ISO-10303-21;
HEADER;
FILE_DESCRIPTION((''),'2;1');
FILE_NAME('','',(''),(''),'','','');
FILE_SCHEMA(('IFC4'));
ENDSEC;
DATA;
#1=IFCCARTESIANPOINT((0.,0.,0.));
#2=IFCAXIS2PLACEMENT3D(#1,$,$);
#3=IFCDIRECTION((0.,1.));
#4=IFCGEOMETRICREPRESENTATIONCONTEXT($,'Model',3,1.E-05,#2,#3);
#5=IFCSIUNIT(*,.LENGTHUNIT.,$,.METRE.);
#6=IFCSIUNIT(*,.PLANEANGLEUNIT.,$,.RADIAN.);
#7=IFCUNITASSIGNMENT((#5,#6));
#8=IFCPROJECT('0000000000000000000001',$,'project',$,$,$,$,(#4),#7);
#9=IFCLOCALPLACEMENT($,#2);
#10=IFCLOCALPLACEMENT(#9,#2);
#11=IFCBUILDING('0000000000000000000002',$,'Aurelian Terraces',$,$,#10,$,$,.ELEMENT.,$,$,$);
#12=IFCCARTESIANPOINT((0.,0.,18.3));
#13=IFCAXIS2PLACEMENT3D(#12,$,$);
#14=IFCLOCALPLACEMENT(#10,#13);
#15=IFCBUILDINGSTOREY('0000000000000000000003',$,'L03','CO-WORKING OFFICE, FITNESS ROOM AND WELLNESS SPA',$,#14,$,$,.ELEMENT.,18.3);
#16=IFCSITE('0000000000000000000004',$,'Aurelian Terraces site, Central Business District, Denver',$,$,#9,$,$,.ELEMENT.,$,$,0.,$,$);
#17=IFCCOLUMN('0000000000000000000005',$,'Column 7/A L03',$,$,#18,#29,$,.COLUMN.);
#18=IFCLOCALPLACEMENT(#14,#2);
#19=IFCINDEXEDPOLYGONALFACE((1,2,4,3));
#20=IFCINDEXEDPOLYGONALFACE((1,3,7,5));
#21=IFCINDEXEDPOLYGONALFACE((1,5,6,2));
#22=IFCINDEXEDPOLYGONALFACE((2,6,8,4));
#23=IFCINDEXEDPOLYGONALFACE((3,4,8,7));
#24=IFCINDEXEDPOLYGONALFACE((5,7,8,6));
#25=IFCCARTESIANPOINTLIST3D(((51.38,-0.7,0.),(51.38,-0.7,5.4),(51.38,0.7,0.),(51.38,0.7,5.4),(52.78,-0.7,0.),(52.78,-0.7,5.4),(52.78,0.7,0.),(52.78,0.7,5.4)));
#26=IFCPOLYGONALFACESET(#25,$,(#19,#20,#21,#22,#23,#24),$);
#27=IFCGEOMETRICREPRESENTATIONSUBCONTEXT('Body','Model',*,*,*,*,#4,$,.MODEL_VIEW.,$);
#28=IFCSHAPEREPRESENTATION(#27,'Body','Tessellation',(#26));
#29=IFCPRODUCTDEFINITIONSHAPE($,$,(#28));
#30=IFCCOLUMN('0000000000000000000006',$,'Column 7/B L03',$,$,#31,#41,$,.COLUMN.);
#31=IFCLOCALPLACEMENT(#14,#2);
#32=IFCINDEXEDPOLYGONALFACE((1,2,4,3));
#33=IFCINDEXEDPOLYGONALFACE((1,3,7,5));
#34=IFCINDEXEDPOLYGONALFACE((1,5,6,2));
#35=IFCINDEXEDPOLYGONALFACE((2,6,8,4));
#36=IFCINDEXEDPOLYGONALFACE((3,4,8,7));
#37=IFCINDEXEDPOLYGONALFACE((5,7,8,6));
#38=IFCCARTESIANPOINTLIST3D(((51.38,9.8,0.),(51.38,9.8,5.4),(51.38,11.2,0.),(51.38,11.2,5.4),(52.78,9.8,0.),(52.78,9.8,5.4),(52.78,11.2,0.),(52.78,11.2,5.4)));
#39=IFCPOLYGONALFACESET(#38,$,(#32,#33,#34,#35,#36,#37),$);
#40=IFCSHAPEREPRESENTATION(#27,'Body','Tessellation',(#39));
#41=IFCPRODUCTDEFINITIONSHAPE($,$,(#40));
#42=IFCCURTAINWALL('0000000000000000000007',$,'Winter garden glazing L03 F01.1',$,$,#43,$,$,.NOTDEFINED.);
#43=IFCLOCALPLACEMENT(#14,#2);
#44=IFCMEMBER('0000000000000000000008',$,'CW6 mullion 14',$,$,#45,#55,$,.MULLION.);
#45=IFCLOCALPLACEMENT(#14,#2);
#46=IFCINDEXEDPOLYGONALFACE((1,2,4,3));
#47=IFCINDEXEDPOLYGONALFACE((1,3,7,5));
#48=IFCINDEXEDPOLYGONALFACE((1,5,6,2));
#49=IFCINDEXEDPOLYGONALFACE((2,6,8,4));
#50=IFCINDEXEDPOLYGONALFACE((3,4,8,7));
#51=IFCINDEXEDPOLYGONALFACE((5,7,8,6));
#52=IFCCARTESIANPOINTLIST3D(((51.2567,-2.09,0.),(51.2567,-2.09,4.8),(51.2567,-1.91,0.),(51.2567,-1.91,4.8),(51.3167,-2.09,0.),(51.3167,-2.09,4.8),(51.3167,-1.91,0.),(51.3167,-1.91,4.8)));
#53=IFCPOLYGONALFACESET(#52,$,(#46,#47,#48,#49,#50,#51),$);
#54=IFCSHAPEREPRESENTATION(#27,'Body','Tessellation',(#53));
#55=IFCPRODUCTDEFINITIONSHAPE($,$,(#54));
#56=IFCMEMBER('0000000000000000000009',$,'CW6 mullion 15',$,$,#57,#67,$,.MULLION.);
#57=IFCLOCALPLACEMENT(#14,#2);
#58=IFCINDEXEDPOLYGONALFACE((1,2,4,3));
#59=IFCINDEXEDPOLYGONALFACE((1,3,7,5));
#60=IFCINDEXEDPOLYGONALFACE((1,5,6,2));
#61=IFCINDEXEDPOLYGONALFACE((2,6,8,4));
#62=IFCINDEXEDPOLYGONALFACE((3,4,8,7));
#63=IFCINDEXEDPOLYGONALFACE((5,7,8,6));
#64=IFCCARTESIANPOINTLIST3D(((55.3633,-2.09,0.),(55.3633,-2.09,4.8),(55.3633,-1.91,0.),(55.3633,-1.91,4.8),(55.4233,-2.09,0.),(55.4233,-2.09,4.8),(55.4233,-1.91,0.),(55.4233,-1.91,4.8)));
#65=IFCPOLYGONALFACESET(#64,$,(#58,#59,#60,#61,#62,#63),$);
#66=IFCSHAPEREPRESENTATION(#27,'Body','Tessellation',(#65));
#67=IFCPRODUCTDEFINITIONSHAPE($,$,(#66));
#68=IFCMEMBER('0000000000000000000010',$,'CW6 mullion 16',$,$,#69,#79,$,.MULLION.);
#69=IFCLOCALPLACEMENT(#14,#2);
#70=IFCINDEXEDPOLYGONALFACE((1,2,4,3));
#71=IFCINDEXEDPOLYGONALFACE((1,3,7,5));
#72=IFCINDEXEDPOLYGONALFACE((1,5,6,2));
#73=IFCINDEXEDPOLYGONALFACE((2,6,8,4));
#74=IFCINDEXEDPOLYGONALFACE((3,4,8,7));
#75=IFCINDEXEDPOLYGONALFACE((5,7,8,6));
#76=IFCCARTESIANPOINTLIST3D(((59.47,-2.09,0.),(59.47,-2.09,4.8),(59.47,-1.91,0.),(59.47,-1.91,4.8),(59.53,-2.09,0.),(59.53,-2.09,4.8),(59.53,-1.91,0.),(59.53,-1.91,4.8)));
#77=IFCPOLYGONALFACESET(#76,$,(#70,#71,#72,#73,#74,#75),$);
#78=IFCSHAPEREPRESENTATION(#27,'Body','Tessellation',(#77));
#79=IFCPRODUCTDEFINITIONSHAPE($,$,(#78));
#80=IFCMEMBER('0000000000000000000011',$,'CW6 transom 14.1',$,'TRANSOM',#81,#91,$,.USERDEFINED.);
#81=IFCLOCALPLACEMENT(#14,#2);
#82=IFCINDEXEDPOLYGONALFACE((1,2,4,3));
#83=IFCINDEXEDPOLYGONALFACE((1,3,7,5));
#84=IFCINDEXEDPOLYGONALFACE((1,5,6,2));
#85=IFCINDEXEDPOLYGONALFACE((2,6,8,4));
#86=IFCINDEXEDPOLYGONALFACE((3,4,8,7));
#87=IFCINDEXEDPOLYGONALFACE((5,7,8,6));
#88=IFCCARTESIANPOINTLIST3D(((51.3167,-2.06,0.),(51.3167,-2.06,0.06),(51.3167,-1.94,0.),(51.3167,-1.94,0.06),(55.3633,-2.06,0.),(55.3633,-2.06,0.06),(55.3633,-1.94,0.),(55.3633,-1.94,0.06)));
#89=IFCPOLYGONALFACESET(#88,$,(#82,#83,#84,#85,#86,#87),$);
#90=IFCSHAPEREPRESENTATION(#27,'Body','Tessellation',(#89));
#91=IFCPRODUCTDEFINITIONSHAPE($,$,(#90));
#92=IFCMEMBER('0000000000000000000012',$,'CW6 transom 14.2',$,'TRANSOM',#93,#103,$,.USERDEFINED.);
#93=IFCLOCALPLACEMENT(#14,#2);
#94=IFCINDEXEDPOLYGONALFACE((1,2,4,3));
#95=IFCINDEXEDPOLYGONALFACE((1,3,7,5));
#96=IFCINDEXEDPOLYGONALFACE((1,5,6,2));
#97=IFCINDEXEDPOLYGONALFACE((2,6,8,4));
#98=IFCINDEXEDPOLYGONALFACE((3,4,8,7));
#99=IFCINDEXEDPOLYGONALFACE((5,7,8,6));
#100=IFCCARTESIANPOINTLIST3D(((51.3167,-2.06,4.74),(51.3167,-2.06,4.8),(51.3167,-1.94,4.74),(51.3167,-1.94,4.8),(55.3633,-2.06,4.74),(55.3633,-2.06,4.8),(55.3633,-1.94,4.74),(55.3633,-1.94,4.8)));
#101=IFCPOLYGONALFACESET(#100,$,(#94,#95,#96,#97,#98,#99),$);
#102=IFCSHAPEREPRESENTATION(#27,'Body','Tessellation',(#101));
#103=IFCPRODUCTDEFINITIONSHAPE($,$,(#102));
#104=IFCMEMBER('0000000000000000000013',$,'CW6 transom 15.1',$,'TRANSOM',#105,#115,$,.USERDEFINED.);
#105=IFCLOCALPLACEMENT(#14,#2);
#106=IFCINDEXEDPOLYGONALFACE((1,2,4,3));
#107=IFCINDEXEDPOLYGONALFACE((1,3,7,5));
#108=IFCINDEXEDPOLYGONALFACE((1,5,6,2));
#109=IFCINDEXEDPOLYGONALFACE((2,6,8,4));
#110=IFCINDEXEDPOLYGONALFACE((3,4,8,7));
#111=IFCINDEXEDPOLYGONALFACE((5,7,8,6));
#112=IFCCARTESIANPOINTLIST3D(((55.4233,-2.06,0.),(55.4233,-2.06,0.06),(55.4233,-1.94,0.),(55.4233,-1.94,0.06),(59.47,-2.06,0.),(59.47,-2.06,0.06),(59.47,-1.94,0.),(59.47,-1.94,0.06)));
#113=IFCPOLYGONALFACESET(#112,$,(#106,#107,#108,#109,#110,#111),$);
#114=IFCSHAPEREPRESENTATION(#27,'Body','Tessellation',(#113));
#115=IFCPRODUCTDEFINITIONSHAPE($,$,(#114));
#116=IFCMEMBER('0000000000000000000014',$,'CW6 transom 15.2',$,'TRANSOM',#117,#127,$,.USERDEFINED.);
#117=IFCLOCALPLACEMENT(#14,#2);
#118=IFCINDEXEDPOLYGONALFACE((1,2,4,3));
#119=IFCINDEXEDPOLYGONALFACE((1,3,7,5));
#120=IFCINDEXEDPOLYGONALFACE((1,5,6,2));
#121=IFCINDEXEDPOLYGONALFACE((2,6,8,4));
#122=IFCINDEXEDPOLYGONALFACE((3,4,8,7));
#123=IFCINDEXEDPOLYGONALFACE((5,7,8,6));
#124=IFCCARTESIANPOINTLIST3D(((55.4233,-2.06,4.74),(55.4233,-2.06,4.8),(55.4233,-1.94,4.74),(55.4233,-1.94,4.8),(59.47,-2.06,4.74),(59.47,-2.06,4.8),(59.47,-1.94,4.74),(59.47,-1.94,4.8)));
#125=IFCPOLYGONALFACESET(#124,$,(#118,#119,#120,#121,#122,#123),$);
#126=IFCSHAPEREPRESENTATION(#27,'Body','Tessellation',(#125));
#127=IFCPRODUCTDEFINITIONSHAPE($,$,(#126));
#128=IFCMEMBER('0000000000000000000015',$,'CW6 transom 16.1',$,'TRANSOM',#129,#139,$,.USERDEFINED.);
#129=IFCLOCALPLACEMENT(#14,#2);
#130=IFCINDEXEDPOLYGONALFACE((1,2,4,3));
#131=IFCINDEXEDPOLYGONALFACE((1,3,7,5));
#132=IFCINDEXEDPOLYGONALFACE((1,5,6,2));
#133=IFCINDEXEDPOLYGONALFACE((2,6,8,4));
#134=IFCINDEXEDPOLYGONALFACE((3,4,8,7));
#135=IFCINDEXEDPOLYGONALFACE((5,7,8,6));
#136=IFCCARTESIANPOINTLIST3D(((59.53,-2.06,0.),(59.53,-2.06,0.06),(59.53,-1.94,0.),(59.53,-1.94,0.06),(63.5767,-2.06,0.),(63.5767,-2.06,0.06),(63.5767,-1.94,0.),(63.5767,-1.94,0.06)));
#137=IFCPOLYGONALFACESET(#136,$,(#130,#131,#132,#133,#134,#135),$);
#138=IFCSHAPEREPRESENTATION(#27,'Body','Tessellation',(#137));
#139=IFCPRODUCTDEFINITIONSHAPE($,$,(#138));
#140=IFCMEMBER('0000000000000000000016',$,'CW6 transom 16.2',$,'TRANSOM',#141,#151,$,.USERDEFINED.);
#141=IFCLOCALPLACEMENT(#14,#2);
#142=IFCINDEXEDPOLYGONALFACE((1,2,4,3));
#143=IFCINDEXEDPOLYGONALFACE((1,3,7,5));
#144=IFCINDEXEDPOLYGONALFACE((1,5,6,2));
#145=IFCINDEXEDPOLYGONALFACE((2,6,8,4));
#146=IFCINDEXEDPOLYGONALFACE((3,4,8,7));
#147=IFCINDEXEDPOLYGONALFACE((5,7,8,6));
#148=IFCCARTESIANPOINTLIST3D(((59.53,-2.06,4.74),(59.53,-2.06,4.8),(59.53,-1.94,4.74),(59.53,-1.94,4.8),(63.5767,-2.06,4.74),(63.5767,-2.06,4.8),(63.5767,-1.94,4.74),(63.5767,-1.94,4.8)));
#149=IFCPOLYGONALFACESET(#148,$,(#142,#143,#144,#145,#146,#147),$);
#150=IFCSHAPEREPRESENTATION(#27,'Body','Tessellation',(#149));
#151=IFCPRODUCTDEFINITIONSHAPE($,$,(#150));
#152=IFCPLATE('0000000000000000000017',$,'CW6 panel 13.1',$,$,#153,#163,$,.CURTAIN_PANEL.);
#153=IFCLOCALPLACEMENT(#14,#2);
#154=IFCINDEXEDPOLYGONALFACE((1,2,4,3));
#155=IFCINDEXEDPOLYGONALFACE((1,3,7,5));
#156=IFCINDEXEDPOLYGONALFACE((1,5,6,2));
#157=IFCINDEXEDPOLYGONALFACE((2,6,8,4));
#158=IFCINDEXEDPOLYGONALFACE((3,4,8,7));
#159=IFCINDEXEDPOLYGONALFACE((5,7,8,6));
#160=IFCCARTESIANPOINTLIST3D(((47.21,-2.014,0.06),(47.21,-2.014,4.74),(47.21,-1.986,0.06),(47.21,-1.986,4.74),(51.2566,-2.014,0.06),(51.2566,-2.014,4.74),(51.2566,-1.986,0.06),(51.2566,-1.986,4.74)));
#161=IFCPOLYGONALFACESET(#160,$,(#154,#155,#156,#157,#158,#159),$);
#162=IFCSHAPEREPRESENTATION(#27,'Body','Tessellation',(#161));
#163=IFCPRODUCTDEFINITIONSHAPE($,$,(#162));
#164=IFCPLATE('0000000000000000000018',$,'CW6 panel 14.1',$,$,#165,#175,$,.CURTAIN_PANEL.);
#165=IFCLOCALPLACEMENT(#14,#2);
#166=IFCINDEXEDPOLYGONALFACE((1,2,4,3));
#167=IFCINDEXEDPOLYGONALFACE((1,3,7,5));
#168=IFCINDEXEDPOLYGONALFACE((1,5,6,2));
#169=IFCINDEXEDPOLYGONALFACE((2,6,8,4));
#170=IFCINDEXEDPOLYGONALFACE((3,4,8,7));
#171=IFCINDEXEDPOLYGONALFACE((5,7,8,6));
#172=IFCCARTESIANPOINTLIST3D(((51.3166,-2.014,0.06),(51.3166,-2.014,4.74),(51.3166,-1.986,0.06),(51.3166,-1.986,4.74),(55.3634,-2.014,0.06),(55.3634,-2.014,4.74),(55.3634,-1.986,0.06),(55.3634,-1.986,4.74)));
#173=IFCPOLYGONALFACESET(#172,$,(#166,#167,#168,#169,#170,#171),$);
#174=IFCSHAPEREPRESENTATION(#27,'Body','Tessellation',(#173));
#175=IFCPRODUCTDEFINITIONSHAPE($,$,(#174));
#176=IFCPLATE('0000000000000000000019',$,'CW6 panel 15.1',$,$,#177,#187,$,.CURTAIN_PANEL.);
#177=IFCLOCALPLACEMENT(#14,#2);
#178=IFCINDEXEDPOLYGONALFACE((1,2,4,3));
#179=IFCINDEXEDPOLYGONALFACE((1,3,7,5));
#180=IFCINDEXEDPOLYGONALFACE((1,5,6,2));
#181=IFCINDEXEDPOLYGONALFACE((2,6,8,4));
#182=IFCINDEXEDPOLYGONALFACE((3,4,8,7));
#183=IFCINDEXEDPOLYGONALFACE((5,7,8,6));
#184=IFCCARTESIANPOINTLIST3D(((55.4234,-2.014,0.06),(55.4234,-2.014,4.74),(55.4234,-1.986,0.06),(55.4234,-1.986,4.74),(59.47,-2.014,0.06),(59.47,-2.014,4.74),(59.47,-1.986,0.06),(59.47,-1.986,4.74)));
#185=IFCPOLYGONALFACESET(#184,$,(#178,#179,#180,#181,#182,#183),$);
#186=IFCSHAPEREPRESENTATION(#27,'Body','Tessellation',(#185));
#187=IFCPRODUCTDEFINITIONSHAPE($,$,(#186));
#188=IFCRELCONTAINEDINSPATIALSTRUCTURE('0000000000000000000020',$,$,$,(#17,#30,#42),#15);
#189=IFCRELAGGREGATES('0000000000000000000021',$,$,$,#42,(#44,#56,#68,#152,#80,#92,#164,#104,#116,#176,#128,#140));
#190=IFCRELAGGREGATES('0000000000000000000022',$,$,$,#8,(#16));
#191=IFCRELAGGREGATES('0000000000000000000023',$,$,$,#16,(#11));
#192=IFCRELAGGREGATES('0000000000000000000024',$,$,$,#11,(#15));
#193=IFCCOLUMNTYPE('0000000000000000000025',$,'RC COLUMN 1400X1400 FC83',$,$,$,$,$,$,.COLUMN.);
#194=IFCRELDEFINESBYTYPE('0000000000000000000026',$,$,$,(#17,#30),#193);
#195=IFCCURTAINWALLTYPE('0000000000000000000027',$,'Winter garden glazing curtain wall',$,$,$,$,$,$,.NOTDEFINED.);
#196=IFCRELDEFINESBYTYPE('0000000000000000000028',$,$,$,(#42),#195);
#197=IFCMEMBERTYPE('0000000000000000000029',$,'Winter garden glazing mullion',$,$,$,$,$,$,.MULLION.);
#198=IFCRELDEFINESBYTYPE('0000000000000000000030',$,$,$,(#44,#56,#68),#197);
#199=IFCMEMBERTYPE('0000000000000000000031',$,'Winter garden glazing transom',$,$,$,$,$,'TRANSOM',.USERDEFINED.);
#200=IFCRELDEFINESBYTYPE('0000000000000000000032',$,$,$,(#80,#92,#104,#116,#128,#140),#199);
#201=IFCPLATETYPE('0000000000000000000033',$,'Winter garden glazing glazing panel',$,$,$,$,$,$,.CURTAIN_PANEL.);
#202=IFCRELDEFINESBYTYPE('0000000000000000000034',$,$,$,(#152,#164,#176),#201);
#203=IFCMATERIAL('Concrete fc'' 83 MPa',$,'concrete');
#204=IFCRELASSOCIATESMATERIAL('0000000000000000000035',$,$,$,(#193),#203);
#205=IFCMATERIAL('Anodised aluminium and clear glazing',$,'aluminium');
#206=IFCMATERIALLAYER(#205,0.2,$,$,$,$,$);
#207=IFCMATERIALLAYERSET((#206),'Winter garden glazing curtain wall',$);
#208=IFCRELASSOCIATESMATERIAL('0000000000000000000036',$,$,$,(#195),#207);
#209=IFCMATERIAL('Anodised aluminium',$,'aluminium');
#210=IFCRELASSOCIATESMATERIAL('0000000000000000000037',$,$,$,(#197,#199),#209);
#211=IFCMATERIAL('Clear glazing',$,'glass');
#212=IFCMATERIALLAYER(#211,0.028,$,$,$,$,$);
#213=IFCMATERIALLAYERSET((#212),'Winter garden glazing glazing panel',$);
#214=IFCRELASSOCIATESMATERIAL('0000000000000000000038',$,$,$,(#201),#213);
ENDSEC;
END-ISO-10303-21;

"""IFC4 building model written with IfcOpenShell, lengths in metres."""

from ifc_helpers import new_model, si_unit, direction, frame, origin, origin_2d, place, context, subcontext, project, spatial, rectangle, extrude, source, transform, mapped, material, layer, layer_set, material_profile, profile_set, type_object, element, aggregate, save


model = new_model("IFC4")

# Units and contexts
model_context = context("Model", 3, precision=1e-05, world=origin(), true_north=direction((0.0, 1.0)))
body_context = subcontext(model_context, "Body", "Model", "MODEL_VIEW")
ifc_project = project(units=[si_unit("LENGTHUNIT", "METRE"), si_unit("PLANEANGLEUNIT", "RADIAN")], contexts=[model_context])

# Site, building, storey
site_placement = place(None, origin())
site = spatial("IfcSite", under=ifc_project, at=site_placement, Name="Aurelian Terraces site, Central Business District, Denver", CompositionType="ELEMENT", RefElevation=0.0)
building_placement = place(site_placement, origin())
building = spatial("IfcBuilding", under=site, at=building_placement, Name="Aurelian Terraces", CompositionType="ELEMENT")
storey_placement = place(building_placement, frame((0.0, 0.0, 18.3)))
storey = spatial("IfcBuildingStorey", under=building, at=storey_placement, Name="L03", Description="CO-WORKING OFFICE, FITNESS ROOM AND WELLNESS SPA", CompositionType="ELEMENT", Elevation=18.3)

# Columns
ifc_material_1 = material(Name="Concrete fc' 83 MPa", Category="concrete")
ifc_material_profile_1 = material_profile(ifc_material_1, rectangle(XDim=1.4, YDim=1.4, at=origin_2d()))
ifc_profile_set_1 = profile_set([ifc_material_profile_1], Name="Concrete fc' 83 MPa")
column_type = type_object("IfcColumnType", Name="RC COLUMN 1400X1400 FC83", PredefinedType="COLUMN", material=ifc_profile_set_1)
shared_shape_1 = source(origin(), body_context, "Body", "SweptSolid", [
    extrude(rectangle(XDim=1.4, YDim=1.4, at=origin_2d()), origin(), (0.0, 0.0, 1.0), 5.4),
])
for number, where, z_axis, x_axis, name in (
    (1, (52.08, 0.0, 0.0), (0.0, 0.0, 1.0), (1.0, 0.0, 0.0), "Column 7/A L03"),
    (2, (52.08, 10.5, 0.0), (0.0, 0.0, 1.0), (1.0, 0.0, 0.0), "Column 7/B L03"),
):
    element("IfcColumn", number, at=place(storey_placement, frame(where, z_axis=z_axis, x_axis=x_axis)), inside=storey, type_object=column_type, Name=name, PredefinedType="COLUMN", context=body_context, shape_type="MappedRepresentation", body=[
        mapped(shared_shape_1, transform((0.0, 0.0, 0.0), scale=1.0)),
    ])

# Curtain wall, members, plates
ifc_material_2 = material(Name="Anodised aluminium and clear glazing", Category="aluminium")
ifc_layer_1 = layer(ifc_material_2, 0.2)
ifc_layer_set_1 = layer_set([ifc_layer_1], Name="Winter garden glazing curtain wall")
curtain_wall_type = type_object("IfcCurtainWallType", Name="Winter garden glazing curtain wall", PredefinedType="NOTDEFINED", material=ifc_layer_set_1)
curtain_wall_placement = place(storey_placement, origin())
curtain_wall = element("IfcCurtainWall", 3, at=curtain_wall_placement, inside=storey, type_object=curtain_wall_type, Name="Winter garden glazing L03 F01.1", PredefinedType="NOTDEFINED")
ifc_material_3 = material(Name="Anodised aluminium", Category="aluminium")
ifc_material_profile_2 = material_profile(ifc_material_3, rectangle(XDim=0.18, YDim=0.06, at=origin_2d()))
ifc_profile_set_2 = profile_set([ifc_material_profile_2], Name="Anodised aluminium")
member_type_1 = type_object("IfcMemberType", Name="Winter garden glazing mullion", PredefinedType="MULLION", material=ifc_profile_set_2)
shared_shape_2 = source(origin(), body_context, "Body", "SweptSolid", [
    extrude(rectangle(XDim=0.18, YDim=0.06, at=origin_2d()), origin(), (0.0, 0.0, 1.0), 4.8),
])
member_1_placement = place(storey_placement, frame((51.2867, -2.0, 0.0), z_axis=(0.0, 0.0, 1.0), x_axis=(0.0, 1.0, 0.0)))
member_1 = element("IfcMember", 4, at=member_1_placement, type_object=member_type_1, Name="CW6 mullion 14", PredefinedType="MULLION", context=body_context, shape_type="MappedRepresentation", body=[
    mapped(shared_shape_2, transform((0.0, 0.0, 0.0), scale=1.0)),
])
member_2_placement = place(storey_placement, frame((55.3933, -2.0, 0.0), z_axis=(0.0, 0.0, 1.0), x_axis=(0.0, 1.0, 0.0)))
member_2 = element("IfcMember", 5, at=member_2_placement, type_object=member_type_1, Name="CW6 mullion 15", PredefinedType="MULLION", context=body_context, shape_type="MappedRepresentation", body=[
    mapped(shared_shape_2, transform((0.0, 0.0, 0.0), scale=1.0)),
])
member_3_placement = place(storey_placement, frame((59.5, -2.0, 0.0), z_axis=(0.0, 0.0, 1.0), x_axis=(0.0, 1.0, 0.0)))
member_3 = element("IfcMember", 6, at=member_3_placement, type_object=member_type_1, Name="CW6 mullion 16", PredefinedType="MULLION", context=body_context, shape_type="MappedRepresentation", body=[
    mapped(shared_shape_2, transform((0.0, 0.0, 0.0), scale=1.0)),
])
ifc_material_profile_3 = material_profile(ifc_material_3, rectangle(XDim=0.12, YDim=0.06, at=origin_2d()))
ifc_profile_set_3 = profile_set([ifc_material_profile_3], Name="Anodised aluminium")
member_type_2 = type_object("IfcMemberType", Name="Winter garden glazing transom", ElementType="TRANSOM", PredefinedType="USERDEFINED", material=ifc_profile_set_3)
shared_shape_3 = source(origin(), body_context, "Body", "SweptSolid", [
    extrude(rectangle(XDim=0.12, YDim=0.06, at=origin_2d()), origin(), (0.0, 0.0, 1.0), 4.0466),
])
member_4_placement = place(storey_placement, frame((51.3167, -2.0, 0.03), z_axis=(1.0, 0.0, 0.0), x_axis=(0.0, 1.0, 0.0)))
member_4 = element("IfcMember", 7, at=member_4_placement, type_object=member_type_2, Name="CW6 transom 14.1", ObjectType="TRANSOM", PredefinedType="USERDEFINED", context=body_context, shape_type="MappedRepresentation", body=[
    mapped(shared_shape_3, transform((0.0, 0.0, 0.0), scale=1.0)),
])
member_5_placement = place(storey_placement, frame((51.3167, -2.0, 4.77), z_axis=(1.0, 0.0, 0.0), x_axis=(0.0, 1.0, 0.0)))
member_5 = element("IfcMember", 8, at=member_5_placement, type_object=member_type_2, Name="CW6 transom 14.2", ObjectType="TRANSOM", PredefinedType="USERDEFINED", context=body_context, shape_type="MappedRepresentation", body=[
    mapped(shared_shape_3, transform((0.0, 0.0, 0.0), scale=1.0)),
])
shared_shape_4 = source(origin(), body_context, "Body", "SweptSolid", [
    extrude(rectangle(XDim=0.12, YDim=0.06, at=origin_2d()), origin(), (0.0, 0.0, 1.0), 4.0467),
])
member_6_placement = place(storey_placement, frame((55.4233, -2.0, 0.03), z_axis=(1.0, 0.0, 0.0), x_axis=(0.0, 1.0, 0.0)))
member_6 = element("IfcMember", 9, at=member_6_placement, type_object=member_type_2, Name="CW6 transom 15.1", ObjectType="TRANSOM", PredefinedType="USERDEFINED", context=body_context, shape_type="MappedRepresentation", body=[
    mapped(shared_shape_4, transform((0.0, 0.0, 0.0), scale=1.0)),
])
member_7_placement = place(storey_placement, frame((55.4233, -2.0, 4.77), z_axis=(1.0, 0.0, 0.0), x_axis=(0.0, 1.0, 0.0)))
member_7 = element("IfcMember", 10, at=member_7_placement, type_object=member_type_2, Name="CW6 transom 15.2", ObjectType="TRANSOM", PredefinedType="USERDEFINED", context=body_context, shape_type="MappedRepresentation", body=[
    mapped(shared_shape_4, transform((0.0, 0.0, 0.0), scale=1.0)),
])
member_8_placement = place(storey_placement, frame((59.53, -2.0, 0.03), z_axis=(1.0, 0.0, 0.0), x_axis=(0.0, 1.0, 0.0)))
member_8 = element("IfcMember", 11, at=member_8_placement, type_object=member_type_2, Name="CW6 transom 16.1", ObjectType="TRANSOM", PredefinedType="USERDEFINED", context=body_context, shape_type="MappedRepresentation", body=[
    mapped(shared_shape_4, transform((0.0, 0.0, 0.0), scale=1.0)),
])
member_9_placement = place(storey_placement, frame((59.53, -2.0, 4.77), z_axis=(1.0, 0.0, 0.0), x_axis=(0.0, 1.0, 0.0)))
member_9 = element("IfcMember", 12, at=member_9_placement, type_object=member_type_2, Name="CW6 transom 16.2", ObjectType="TRANSOM", PredefinedType="USERDEFINED", context=body_context, shape_type="MappedRepresentation", body=[
    mapped(shared_shape_4, transform((0.0, 0.0, 0.0), scale=1.0)),
])
ifc_material_4 = material(Name="Clear glazing", Category="glass")
ifc_layer_2 = layer(ifc_material_4, 0.028)
ifc_layer_set_2 = layer_set([ifc_layer_2], Name="Winter garden glazing glazing panel")
plate_type = type_object("IfcPlateType", Name="Winter garden glazing glazing panel", PredefinedType="CURTAIN_PANEL", material=ifc_layer_set_2)
shared_shape_5 = source(origin(), body_context, "Body", "SweptSolid", [
    extrude(rectangle(XDim=4.0467, YDim=0.028, at=origin_2d()), origin(), (0.0, 0.0, 1.0), 4.68),
])
plate_1_placement = place(storey_placement, frame((49.2333, -2.0, 0.06), z_axis=(0.0, 0.0, 1.0), x_axis=(1.0, 0.0, 0.0)))
plate_1 = element("IfcPlate", 13, at=plate_1_placement, type_object=plate_type, Name="CW6 panel 13.1", PredefinedType="CURTAIN_PANEL", context=body_context, shape_type="MappedRepresentation", body=[
    mapped(shared_shape_5, transform((0.0, 0.0, 0.0), scale=1.0)),
])
plate_2_placement = place(storey_placement, frame((53.34, -2.0, 0.06), z_axis=(0.0, 0.0, 1.0), x_axis=(1.0, 0.0, 0.0)))
plate_2 = element("IfcPlate", 14, at=plate_2_placement, type_object=plate_type, Name="CW6 panel 14.1", PredefinedType="CURTAIN_PANEL", context=body_context, shape_type="MappedRepresentation", body=[
    mapped(shared_shape_5, transform((0.0, 0.0, 0.0), scale=1.0)),
])
plate_3_placement = place(storey_placement, frame((57.4467, -2.0, 0.06), z_axis=(0.0, 0.0, 1.0), x_axis=(1.0, 0.0, 0.0)))
plate_3 = element("IfcPlate", 15, at=plate_3_placement, type_object=plate_type, Name="CW6 panel 15.1", PredefinedType="CURTAIN_PANEL", context=body_context, shape_type="MappedRepresentation", body=[
    mapped(shared_shape_5, transform((0.0, 0.0, 0.0), scale=1.0)),
])
aggregate(curtain_wall, [member_1, member_2, member_3, plate_1, member_4, member_5, plate_2, member_6, member_7, plate_3, member_8, member_9])

save(model, "model.ifc")
